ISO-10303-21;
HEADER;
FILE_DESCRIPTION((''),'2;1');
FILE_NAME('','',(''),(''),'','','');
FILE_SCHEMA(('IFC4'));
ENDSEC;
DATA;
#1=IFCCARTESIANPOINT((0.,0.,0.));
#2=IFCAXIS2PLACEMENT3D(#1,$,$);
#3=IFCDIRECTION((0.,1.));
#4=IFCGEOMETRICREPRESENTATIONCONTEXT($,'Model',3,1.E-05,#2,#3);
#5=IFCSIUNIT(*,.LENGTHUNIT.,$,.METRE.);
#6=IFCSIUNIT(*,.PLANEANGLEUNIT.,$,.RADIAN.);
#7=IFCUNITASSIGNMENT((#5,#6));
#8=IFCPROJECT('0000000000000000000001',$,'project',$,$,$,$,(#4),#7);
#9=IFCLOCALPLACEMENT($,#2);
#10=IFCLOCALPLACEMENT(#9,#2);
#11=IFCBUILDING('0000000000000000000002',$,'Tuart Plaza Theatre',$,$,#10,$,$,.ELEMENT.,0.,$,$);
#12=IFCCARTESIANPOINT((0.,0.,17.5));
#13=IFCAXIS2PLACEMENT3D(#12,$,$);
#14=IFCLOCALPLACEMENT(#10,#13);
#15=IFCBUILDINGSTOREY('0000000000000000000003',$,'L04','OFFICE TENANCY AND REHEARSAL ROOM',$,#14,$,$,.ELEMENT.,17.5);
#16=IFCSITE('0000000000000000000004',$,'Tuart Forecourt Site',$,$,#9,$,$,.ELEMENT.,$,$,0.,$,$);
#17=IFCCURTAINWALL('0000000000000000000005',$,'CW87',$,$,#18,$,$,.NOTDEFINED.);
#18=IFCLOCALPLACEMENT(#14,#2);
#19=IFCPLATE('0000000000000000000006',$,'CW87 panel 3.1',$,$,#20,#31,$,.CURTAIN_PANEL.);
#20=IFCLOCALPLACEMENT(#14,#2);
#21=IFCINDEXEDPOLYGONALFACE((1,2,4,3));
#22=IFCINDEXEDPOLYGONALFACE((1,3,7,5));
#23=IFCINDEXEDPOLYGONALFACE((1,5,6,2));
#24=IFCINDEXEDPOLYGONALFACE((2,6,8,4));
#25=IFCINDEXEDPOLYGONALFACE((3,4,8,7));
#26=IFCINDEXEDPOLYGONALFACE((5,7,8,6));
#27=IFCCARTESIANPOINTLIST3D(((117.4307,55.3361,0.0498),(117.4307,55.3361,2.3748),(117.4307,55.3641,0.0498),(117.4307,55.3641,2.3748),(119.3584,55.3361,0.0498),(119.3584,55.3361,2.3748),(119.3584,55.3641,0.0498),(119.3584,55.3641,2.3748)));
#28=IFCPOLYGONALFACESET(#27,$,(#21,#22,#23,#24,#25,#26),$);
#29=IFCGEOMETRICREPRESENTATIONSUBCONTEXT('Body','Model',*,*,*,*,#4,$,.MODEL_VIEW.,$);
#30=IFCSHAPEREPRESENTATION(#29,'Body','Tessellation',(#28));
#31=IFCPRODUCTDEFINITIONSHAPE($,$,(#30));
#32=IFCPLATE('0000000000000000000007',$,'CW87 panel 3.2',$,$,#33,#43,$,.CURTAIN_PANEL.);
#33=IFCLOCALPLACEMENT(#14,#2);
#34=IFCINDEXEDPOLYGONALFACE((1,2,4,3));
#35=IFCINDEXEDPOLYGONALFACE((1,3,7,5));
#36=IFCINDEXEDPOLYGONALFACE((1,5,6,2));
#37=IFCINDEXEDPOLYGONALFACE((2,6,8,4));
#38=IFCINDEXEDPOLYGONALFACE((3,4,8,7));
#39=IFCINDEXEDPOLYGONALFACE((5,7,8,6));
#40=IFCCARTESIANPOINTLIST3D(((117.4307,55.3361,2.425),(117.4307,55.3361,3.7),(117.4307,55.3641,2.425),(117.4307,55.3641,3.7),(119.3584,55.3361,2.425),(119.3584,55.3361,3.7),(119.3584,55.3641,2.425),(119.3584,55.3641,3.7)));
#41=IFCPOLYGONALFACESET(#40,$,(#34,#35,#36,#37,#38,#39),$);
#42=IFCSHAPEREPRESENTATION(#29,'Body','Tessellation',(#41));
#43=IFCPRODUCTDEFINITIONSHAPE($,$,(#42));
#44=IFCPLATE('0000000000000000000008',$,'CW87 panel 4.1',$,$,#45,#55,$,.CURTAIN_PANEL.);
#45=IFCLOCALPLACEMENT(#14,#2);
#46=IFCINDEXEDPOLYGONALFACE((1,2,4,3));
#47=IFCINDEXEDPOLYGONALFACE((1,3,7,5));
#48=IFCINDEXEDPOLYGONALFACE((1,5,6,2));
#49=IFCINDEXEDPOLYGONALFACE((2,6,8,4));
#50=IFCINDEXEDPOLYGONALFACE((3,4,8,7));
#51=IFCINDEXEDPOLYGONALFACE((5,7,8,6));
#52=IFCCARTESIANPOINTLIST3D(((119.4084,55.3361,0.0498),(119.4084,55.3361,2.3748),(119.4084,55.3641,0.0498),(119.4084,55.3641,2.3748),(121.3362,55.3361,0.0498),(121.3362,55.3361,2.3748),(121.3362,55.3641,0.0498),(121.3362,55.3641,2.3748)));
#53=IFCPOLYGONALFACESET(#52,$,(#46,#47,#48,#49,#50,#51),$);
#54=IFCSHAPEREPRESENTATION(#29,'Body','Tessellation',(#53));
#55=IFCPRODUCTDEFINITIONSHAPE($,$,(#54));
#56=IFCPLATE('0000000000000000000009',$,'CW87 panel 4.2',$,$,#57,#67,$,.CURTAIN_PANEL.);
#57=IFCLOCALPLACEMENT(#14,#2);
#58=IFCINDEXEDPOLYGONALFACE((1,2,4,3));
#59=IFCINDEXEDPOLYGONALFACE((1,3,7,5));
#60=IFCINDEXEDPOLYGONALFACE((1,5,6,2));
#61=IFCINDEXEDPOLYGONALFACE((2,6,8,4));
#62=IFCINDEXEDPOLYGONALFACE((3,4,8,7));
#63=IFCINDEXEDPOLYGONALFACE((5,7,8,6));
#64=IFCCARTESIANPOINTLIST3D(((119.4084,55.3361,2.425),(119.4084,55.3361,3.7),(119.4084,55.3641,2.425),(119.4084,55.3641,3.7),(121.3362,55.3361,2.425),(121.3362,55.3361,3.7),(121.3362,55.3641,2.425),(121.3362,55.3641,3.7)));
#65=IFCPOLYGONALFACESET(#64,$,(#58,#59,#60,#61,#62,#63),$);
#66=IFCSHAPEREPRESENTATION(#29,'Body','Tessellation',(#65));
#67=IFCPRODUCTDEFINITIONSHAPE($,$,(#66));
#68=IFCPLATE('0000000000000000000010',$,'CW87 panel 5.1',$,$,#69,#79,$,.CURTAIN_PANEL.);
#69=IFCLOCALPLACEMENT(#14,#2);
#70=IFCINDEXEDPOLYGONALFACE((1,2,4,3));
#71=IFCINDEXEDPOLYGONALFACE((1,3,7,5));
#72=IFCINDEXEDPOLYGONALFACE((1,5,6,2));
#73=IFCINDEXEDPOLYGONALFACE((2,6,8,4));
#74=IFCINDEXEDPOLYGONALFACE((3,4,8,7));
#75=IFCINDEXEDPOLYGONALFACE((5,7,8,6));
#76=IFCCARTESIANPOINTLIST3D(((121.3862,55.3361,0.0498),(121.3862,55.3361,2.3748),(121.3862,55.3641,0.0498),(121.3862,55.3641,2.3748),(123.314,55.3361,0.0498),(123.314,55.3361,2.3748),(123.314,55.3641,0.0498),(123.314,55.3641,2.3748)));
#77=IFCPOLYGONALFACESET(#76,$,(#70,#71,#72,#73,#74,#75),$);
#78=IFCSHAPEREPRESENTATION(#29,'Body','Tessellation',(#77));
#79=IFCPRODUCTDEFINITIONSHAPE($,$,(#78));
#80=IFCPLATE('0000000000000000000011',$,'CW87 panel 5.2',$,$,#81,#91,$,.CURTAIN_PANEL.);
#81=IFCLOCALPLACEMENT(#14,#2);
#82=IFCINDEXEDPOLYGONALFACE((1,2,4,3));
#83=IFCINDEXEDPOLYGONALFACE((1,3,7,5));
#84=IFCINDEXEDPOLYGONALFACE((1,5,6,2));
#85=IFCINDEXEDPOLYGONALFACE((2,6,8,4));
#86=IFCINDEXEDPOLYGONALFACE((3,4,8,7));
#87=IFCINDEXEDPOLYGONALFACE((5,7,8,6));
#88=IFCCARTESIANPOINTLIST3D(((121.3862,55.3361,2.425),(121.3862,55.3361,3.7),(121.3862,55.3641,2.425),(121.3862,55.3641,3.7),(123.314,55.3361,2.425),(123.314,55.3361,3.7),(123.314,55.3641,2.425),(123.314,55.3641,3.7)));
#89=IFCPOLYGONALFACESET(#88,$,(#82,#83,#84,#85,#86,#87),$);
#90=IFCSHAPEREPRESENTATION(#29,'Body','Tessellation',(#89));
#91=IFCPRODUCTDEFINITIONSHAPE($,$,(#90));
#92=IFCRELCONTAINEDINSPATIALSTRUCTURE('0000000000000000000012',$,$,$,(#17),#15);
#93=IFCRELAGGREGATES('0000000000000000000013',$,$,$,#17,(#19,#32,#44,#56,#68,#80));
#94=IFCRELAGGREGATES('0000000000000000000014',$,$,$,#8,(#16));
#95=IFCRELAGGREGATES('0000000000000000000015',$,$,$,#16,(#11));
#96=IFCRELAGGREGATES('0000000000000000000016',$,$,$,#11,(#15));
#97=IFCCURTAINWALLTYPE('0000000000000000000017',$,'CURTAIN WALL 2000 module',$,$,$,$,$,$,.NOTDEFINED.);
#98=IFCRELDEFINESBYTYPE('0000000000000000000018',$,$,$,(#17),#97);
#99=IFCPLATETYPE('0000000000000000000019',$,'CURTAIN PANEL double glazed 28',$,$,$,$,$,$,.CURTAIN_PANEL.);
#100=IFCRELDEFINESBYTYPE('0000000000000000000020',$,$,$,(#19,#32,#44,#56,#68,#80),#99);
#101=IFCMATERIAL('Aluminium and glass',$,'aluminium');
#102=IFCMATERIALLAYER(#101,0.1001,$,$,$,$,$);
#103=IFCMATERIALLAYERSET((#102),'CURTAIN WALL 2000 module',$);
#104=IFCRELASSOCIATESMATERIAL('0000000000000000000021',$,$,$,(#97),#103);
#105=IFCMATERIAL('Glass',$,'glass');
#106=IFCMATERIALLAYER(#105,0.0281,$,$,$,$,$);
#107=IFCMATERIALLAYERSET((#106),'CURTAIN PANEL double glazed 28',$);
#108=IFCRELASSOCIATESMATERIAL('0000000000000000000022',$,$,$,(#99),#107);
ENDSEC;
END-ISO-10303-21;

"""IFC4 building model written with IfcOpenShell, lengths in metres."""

from ifc_helpers import new_model, si_unit, direction, frame, origin, origin_2d, place, context, subcontext, project, spatial, rectangle, extrude, material, layer, layer_set, type_object, element, aggregate, save


model = new_model("IFC4")

# Units and contexts
model_context = context("Model", 3, precision=1e-05, world=origin(), true_north=direction((0.0, 1.0)))
body_context = subcontext(model_context, "Body", "Model", "MODEL_VIEW")
ifc_project = project(units=[si_unit("LENGTHUNIT", "METRE"), si_unit("PLANEANGLEUNIT", "RADIAN")], contexts=[model_context])

# Site, building, storey
site_placement = place(None, origin())
site = spatial("IfcSite", under=ifc_project, at=site_placement, Name="Tuart Forecourt Site", CompositionType="ELEMENT", RefElevation=0.0)
building_placement = place(site_placement, origin())
building = spatial("IfcBuilding", under=site, at=building_placement, Name="Tuart Plaza Theatre", CompositionType="ELEMENT", ElevationOfRefHeight=0.0)
storey_placement = place(building_placement, frame((0.0, 0.0, 17.5)))
storey = spatial("IfcBuildingStorey", under=building, at=storey_placement, Name="L04", Description="OFFICE TENANCY AND REHEARSAL ROOM", CompositionType="ELEMENT", Elevation=17.5)

# Curtain wall, plates
ifc_material_1 = material(Name="Aluminium and glass", Category="aluminium")
ifc_layer_1 = layer(ifc_material_1, 0.1001)
ifc_layer_set_1 = layer_set([ifc_layer_1], Name="CURTAIN WALL 2000 module")
curtain_wall_type = type_object("IfcCurtainWallType", Name="CURTAIN WALL 2000 module", PredefinedType="NOTDEFINED", material=ifc_layer_set_1)
curtain_wall_placement = place(storey_placement, origin())
curtain_wall = element("IfcCurtainWall", 1, at=curtain_wall_placement, inside=storey, type_object=curtain_wall_type, Name="CW87", PredefinedType="NOTDEFINED")
ifc_material_2 = material(Name="Glass", Category="glass")
ifc_layer_2 = layer(ifc_material_2, 0.0281)
ifc_layer_set_2 = layer_set([ifc_layer_2], Name="CURTAIN PANEL double glazed 28")
plate_type = type_object("IfcPlateType", Name="CURTAIN PANEL double glazed 28", PredefinedType="CURTAIN_PANEL", material=ifc_layer_set_2)
plate_1_placement = place(storey_placement, frame((118.3945, 55.3501, 0.0498), z_axis=(0.0, 0.0, 1.0), x_axis=(1.0, 0.0, 0.0)))
plate_1 = element("IfcPlate", 2, at=plate_1_placement, type_object=plate_type, Name="CW87 panel 3.1", PredefinedType="CURTAIN_PANEL", context=body_context, shape_type="SweptSolid", body=[
    extrude(rectangle(XDim=1.9277, YDim=0.0281, at=origin_2d()), origin(), (0.0, 0.0, 1.0), 2.325),
])
plate_2_placement = place(storey_placement, frame((118.3945, 55.3501, 2.425), z_axis=(0.0, 0.0, 1.0), x_axis=(1.0, 0.0, 0.0)))
plate_2 = element("IfcPlate", 3, at=plate_2_placement, type_object=plate_type, Name="CW87 panel 3.2", PredefinedType="CURTAIN_PANEL", context=body_context, shape_type="SweptSolid", body=[
    extrude(rectangle(XDim=1.9277, YDim=0.0281, at=origin_2d()), origin(), (0.0, 0.0, 1.0), 1.2749),
])
plate_3_placement = place(storey_placement, frame((120.3723, 55.3501, 0.0498), z_axis=(0.0, 0.0, 1.0), x_axis=(1.0, 0.0, 0.0)))
plate_3 = element("IfcPlate", 4, at=plate_3_placement, type_object=plate_type, Name="CW87 panel 4.1", PredefinedType="CURTAIN_PANEL", context=body_context, shape_type="SweptSolid", body=[
    extrude(rectangle(XDim=1.9277, YDim=0.0281, at=origin_2d()), origin(), (0.0, 0.0, 1.0), 2.325),
])
plate_4_placement = place(storey_placement, frame((120.3723, 55.3501, 2.425), z_axis=(0.0, 0.0, 1.0), x_axis=(1.0, 0.0, 0.0)))
plate_4 = element("IfcPlate", 5, at=plate_4_placement, type_object=plate_type, Name="CW87 panel 4.2", PredefinedType="CURTAIN_PANEL", context=body_context, shape_type="SweptSolid", body=[
    extrude(rectangle(XDim=1.9277, YDim=0.0281, at=origin_2d()), origin(), (0.0, 0.0, 1.0), 1.2749),
])
plate_5_placement = place(storey_placement, frame((122.3501, 55.3501, 0.0498), z_axis=(0.0, 0.0, 1.0), x_axis=(1.0, 0.0, 0.0)))
plate_5 = element("IfcPlate", 6, at=plate_5_placement, type_object=plate_type, Name="CW87 panel 5.1", PredefinedType="CURTAIN_PANEL", context=body_context, shape_type="SweptSolid", body=[
    extrude(rectangle(XDim=1.9277, YDim=0.0281, at=origin_2d()), origin(), (0.0, 0.0, 1.0), 2.325),
])
plate_6_placement = place(storey_placement, frame((122.3501, 55.3501, 2.425), z_axis=(0.0, 0.0, 1.0), x_axis=(1.0, 0.0, 0.0)))
plate_6 = element("IfcPlate", 7, at=plate_6_placement, type_object=plate_type, Name="CW87 panel 5.2", PredefinedType="CURTAIN_PANEL", context=body_context, shape_type="SweptSolid", body=[
    extrude(rectangle(XDim=1.9277, YDim=0.0281, at=origin_2d()), origin(), (0.0, 0.0, 1.0), 1.2749),
])
aggregate(curtain_wall, [plate_1, plate_2, plate_3, plate_4, plate_5, plate_6])

save(model, "model.ifc")
